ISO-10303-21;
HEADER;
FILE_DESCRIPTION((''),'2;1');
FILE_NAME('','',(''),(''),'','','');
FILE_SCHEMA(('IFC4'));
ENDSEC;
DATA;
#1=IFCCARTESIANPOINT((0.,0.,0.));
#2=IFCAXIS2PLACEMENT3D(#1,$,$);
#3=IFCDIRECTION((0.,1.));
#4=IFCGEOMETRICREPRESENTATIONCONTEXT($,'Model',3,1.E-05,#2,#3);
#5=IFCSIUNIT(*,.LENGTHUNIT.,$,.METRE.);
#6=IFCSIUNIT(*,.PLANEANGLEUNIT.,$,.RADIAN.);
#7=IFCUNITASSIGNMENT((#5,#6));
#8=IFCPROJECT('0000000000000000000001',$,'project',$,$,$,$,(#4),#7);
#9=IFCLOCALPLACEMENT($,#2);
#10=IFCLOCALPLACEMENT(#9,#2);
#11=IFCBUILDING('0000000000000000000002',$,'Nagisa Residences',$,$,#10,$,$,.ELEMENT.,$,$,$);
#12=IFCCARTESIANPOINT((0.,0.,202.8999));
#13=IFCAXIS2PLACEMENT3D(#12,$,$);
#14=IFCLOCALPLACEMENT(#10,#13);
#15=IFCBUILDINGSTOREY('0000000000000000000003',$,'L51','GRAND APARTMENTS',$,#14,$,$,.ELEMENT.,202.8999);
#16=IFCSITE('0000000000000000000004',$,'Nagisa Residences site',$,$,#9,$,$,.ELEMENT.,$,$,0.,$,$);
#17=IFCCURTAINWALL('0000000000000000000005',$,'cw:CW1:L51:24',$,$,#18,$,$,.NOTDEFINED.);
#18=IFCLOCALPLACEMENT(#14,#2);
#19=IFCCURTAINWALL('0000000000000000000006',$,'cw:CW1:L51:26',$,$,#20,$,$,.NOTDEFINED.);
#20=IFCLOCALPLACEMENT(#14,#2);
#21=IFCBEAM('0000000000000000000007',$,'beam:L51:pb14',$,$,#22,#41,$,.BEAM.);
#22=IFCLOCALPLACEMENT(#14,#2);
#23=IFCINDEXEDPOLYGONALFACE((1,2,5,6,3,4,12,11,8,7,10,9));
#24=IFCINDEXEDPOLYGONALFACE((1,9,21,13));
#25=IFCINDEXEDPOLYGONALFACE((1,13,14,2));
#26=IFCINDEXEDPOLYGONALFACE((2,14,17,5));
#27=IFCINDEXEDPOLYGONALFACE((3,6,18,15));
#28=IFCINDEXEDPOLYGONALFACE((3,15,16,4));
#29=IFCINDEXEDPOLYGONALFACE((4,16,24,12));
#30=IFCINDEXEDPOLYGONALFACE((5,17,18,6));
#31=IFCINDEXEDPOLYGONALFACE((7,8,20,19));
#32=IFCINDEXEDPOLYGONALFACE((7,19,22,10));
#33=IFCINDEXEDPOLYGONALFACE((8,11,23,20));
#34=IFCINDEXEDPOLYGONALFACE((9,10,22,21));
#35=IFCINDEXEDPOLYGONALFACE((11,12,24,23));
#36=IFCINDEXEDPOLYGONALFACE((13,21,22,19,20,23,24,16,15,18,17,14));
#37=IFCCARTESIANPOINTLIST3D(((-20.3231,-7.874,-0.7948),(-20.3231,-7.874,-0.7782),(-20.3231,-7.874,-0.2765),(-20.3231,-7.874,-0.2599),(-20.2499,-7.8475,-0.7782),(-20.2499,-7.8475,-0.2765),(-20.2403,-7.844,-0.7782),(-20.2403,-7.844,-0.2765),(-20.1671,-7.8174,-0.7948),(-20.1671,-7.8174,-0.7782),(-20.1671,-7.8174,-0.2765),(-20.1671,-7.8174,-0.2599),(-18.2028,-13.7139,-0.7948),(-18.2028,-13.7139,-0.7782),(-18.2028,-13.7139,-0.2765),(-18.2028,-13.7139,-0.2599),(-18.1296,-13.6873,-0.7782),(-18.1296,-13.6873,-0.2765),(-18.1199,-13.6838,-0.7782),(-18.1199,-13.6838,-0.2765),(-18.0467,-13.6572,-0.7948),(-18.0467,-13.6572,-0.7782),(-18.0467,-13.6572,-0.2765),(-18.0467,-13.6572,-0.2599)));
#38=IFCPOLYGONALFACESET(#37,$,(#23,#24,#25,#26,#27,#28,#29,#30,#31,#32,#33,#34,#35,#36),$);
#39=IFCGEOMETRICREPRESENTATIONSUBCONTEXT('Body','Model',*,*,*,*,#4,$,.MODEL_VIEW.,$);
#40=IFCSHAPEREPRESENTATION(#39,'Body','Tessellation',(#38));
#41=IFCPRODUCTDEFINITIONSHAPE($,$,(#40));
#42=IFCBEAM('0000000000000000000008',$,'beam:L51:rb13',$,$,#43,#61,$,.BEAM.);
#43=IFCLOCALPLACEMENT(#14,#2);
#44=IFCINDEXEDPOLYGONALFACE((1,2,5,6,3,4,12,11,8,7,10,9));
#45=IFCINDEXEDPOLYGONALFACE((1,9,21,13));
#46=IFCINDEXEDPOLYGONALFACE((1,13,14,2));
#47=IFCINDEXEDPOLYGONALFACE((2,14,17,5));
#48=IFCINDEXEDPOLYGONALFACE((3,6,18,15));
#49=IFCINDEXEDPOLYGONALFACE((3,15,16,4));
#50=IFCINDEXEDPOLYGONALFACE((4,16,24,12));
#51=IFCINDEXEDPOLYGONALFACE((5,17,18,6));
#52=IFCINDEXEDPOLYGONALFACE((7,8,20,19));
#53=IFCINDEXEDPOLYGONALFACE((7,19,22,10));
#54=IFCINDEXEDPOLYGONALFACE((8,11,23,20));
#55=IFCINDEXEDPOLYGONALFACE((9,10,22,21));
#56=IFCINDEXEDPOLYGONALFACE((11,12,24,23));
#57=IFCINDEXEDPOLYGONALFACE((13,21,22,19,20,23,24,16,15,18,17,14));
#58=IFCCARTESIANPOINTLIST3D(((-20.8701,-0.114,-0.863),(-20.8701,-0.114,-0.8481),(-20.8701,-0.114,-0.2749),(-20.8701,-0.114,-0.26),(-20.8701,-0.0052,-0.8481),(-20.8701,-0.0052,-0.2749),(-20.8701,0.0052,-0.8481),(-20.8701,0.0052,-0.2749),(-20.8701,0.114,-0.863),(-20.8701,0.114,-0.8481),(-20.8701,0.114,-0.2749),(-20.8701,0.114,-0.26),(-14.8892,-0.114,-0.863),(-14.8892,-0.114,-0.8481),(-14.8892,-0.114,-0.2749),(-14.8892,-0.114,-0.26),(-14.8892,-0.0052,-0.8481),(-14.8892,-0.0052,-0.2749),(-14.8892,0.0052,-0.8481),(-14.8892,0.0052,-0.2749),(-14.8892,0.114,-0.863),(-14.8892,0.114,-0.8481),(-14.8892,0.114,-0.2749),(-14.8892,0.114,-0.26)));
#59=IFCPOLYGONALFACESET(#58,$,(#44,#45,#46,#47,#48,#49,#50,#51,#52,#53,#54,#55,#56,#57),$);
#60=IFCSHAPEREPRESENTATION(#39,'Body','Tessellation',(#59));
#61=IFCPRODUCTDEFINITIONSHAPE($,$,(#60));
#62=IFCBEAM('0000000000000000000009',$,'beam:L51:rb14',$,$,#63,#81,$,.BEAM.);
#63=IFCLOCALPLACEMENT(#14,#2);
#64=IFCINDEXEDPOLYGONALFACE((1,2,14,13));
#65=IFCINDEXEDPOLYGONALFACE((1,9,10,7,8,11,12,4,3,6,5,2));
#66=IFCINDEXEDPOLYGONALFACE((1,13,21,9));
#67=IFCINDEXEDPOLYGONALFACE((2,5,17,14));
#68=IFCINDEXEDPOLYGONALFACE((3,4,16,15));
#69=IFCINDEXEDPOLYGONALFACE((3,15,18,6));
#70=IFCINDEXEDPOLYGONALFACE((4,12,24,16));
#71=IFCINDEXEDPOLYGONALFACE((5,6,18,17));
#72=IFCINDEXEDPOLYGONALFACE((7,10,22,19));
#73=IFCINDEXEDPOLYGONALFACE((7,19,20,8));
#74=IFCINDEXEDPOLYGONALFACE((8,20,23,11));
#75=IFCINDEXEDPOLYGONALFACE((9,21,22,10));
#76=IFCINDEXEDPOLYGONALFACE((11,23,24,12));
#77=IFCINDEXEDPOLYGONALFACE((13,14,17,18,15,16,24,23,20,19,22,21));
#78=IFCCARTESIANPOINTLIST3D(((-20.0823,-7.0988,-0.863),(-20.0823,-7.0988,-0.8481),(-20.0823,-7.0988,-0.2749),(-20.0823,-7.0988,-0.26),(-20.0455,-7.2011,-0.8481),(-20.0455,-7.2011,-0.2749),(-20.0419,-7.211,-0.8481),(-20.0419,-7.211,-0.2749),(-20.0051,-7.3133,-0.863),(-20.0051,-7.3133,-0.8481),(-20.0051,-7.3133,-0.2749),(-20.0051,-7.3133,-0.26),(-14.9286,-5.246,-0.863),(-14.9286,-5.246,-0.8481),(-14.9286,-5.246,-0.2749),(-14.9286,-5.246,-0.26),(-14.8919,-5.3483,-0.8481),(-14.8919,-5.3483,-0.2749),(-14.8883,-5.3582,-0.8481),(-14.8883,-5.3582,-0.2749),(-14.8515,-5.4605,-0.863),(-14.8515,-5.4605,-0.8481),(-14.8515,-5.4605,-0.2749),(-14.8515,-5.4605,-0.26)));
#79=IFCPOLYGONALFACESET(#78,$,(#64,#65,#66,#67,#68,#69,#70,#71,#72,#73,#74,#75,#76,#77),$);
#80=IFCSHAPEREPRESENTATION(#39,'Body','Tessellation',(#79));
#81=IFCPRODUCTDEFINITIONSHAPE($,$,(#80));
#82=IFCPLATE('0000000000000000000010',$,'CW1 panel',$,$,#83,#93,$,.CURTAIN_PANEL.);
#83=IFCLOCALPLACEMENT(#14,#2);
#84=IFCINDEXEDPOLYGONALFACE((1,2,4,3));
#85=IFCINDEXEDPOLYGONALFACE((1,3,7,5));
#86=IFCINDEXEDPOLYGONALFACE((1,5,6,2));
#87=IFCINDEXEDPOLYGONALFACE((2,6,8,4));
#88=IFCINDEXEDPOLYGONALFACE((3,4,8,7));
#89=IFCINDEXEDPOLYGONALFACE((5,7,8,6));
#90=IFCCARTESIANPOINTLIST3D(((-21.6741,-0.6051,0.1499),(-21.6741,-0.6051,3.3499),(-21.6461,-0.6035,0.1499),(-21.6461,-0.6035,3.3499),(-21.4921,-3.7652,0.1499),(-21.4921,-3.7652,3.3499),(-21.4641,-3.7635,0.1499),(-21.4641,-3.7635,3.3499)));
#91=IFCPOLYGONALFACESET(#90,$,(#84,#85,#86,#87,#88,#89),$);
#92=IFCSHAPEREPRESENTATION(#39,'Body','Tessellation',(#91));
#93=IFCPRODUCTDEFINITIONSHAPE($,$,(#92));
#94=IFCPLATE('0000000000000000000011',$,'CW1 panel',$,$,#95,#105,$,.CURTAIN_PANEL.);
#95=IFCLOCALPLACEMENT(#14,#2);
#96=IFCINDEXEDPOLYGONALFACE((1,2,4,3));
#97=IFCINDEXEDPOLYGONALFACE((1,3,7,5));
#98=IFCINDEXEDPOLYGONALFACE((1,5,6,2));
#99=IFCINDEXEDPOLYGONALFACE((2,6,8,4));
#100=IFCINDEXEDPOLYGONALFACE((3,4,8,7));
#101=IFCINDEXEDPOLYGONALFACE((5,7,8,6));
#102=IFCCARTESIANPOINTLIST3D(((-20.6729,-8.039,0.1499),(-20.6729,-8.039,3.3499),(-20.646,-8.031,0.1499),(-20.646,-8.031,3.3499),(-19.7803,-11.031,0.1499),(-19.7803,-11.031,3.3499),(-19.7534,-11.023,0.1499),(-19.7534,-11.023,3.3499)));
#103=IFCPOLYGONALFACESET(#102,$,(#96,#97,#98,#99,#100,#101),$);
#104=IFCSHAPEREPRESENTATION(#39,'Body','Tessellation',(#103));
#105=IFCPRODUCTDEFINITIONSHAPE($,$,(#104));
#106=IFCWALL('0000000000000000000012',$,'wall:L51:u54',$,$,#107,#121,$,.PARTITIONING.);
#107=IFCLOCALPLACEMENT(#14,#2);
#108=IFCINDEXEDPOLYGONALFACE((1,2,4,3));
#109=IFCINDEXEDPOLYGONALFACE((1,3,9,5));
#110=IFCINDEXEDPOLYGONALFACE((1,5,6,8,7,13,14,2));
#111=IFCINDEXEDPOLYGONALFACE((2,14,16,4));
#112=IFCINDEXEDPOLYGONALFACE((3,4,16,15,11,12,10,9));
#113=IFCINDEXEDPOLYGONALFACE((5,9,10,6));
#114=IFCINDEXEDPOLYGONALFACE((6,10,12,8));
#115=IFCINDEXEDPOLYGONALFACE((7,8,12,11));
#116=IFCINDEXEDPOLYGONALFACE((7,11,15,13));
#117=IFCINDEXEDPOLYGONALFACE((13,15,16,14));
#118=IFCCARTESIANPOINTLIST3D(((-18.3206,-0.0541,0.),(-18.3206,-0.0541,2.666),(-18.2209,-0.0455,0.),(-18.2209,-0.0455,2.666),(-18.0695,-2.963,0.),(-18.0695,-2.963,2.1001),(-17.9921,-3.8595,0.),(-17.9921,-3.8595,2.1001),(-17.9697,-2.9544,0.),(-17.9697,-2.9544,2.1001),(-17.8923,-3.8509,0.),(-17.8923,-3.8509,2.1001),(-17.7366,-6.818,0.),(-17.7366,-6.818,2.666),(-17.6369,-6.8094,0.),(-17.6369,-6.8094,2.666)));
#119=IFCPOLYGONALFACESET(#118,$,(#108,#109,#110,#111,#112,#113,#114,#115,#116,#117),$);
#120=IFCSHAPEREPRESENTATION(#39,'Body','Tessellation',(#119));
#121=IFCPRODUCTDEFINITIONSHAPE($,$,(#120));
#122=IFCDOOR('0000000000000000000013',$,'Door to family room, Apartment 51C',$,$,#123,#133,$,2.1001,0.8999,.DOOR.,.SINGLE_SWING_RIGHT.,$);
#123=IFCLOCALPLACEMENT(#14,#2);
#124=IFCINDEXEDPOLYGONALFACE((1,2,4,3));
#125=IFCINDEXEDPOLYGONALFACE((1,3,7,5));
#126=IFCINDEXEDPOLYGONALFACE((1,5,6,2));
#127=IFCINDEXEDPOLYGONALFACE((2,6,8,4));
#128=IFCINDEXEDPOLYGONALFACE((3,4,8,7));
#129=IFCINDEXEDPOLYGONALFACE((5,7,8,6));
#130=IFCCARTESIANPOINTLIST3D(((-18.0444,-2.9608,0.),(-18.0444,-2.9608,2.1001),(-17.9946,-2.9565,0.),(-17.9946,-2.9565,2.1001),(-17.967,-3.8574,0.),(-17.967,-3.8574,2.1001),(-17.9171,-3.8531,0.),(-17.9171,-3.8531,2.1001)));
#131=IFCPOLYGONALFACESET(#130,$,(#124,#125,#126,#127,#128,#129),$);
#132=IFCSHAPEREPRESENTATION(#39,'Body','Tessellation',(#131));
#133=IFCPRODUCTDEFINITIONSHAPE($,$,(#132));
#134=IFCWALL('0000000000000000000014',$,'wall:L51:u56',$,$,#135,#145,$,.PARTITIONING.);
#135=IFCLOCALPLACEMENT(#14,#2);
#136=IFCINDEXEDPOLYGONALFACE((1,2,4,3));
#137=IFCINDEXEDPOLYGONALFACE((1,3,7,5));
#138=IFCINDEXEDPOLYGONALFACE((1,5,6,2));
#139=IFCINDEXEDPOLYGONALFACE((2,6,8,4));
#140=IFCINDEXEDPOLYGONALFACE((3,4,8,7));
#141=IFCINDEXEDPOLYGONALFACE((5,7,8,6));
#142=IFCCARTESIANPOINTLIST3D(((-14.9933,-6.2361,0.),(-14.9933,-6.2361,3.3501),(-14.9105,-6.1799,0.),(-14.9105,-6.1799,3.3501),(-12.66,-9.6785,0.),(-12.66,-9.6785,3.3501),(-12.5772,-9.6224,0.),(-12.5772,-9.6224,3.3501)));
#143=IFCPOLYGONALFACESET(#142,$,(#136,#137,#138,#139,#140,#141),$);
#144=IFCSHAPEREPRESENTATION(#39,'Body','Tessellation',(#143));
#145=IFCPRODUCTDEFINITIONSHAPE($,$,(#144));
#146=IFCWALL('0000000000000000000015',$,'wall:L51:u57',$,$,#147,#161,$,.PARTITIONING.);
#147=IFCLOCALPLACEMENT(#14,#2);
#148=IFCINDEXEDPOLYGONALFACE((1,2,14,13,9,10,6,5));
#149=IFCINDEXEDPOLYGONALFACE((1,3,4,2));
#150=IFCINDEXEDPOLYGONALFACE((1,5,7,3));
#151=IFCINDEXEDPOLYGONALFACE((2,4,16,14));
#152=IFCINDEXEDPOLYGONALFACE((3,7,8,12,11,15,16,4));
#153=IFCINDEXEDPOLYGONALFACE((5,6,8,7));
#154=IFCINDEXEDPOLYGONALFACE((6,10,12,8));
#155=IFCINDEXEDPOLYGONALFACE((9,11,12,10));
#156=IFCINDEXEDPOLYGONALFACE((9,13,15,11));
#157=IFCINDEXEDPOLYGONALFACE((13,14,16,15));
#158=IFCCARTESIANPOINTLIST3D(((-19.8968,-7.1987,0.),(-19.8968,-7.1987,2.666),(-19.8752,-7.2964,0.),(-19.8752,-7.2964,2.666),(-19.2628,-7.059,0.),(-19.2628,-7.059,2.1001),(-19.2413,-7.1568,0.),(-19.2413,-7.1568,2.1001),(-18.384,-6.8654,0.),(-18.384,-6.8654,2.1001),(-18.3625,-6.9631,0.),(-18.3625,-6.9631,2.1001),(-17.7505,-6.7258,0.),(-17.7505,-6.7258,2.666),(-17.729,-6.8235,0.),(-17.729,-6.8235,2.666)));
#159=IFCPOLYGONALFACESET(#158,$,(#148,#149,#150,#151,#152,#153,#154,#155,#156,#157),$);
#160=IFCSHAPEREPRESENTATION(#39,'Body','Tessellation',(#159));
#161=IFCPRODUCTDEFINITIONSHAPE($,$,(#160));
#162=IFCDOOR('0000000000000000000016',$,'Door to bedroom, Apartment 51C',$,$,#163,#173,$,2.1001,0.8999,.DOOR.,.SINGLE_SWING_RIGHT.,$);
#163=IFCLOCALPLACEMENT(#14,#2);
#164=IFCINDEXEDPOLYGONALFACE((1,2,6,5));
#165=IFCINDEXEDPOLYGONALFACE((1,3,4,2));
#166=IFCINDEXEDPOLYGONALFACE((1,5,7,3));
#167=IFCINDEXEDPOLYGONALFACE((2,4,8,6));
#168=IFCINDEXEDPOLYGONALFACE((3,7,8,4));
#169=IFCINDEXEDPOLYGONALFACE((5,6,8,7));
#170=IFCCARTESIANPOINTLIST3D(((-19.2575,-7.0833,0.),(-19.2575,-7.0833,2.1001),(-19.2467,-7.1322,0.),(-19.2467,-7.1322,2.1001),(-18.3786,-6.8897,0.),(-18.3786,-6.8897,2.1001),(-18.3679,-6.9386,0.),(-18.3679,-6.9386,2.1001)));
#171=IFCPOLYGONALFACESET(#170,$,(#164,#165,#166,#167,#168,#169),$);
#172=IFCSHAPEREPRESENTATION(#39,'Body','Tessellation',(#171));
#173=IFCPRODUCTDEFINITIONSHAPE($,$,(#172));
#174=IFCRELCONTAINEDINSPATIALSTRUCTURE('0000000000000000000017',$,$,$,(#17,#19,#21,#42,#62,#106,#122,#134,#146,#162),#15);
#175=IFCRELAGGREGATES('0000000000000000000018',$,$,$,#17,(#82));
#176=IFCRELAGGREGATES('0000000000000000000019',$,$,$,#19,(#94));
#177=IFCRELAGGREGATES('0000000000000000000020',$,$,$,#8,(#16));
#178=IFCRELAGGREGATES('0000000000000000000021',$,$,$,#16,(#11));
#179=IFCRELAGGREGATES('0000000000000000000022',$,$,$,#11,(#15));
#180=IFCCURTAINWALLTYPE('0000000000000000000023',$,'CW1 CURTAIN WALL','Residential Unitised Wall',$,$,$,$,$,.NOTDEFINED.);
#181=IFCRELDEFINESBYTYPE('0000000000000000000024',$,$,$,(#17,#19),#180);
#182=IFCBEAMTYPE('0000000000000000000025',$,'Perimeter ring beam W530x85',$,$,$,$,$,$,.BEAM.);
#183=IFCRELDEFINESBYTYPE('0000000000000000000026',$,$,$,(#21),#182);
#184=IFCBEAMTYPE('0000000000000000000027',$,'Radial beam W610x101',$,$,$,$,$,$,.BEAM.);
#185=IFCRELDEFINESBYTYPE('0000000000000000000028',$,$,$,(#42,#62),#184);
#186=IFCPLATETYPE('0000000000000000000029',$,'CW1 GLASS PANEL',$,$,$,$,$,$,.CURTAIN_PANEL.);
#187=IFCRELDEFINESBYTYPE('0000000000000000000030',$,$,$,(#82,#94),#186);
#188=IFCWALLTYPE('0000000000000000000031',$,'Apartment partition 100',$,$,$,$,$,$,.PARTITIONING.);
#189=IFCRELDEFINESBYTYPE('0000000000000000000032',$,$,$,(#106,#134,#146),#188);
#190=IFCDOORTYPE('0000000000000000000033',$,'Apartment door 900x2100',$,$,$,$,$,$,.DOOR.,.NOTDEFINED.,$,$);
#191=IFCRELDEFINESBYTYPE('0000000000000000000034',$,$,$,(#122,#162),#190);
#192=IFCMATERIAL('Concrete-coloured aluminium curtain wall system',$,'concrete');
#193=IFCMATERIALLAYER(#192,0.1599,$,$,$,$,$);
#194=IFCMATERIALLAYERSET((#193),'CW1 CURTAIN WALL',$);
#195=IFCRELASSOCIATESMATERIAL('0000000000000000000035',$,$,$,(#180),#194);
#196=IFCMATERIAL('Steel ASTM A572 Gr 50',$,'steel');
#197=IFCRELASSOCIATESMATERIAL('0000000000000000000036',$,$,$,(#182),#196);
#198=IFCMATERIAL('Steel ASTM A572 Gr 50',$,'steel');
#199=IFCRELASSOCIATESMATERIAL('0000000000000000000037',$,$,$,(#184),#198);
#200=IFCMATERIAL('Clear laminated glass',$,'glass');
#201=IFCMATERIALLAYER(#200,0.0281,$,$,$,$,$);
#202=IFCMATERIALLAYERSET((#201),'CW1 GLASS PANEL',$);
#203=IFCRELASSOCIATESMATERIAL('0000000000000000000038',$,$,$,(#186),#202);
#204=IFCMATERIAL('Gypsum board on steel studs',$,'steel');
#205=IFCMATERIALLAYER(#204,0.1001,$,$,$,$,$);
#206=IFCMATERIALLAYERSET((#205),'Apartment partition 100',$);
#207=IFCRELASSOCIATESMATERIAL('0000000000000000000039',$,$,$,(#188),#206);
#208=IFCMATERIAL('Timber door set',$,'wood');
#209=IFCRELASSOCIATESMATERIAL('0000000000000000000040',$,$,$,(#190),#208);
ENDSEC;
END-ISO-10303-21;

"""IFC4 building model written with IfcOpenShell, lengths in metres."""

from ifc_helpers import new_model, si_unit, direction, frame, frame_2d, origin, origin_2d, place, context, subcontext, project, spatial, rectangle, i_section, extrude, material, layer, layer_set, material_profile, profile_set, type_object, element, fill, aggregate, save


model = new_model("IFC4")

# Units and contexts
model_context = context("Model", 3, precision=1e-05, world=origin(), true_north=direction((0.0, 1.0)))
body_context = subcontext(model_context, "Body", "Model", "MODEL_VIEW")
ifc_project = project(units=[si_unit("LENGTHUNIT", "METRE"), si_unit("PLANEANGLEUNIT", "RADIAN")], contexts=[model_context])

# Site, building, storey
site_placement = place(None, origin())
site = spatial("IfcSite", under=ifc_project, at=site_placement, Name="Nagisa Residences site", CompositionType="ELEMENT", RefElevation=0.0)
building_placement = place(site_placement, origin())
building = spatial("IfcBuilding", under=site, at=building_placement, Name="Nagisa Residences", CompositionType="ELEMENT")
storey_placement = place(building_placement, frame((0.0, 0.0, 202.8999)))
storey = spatial("IfcBuildingStorey", under=building, at=storey_placement, Name="L51", Description="GRAND APARTMENTS", CompositionType="ELEMENT", Elevation=202.8999)

# Curtain walls
ifc_material_1 = material(Name="Concrete-coloured aluminium curtain wall system", Category="concrete")
ifc_layer_1 = layer(ifc_material_1, 0.1599)
ifc_layer_set_1 = layer_set([ifc_layer_1], Name="CW1 CURTAIN WALL")
curtain_wall_type = type_object("IfcCurtainWallType", Name="CW1 CURTAIN WALL", Description="Residential Unitised Wall", PredefinedType="NOTDEFINED", material=ifc_layer_set_1)
curtain_wall_1_placement = place(storey_placement, origin())
curtain_wall_1 = element("IfcCurtainWall", 1, at=curtain_wall_1_placement, inside=storey, type_object=curtain_wall_type, Name="cw:CW1:L51:24", PredefinedType="NOTDEFINED")
curtain_wall_2_placement = place(storey_placement, origin())
curtain_wall_2 = element("IfcCurtainWall", 2, at=curtain_wall_2_placement, inside=storey, type_object=curtain_wall_type, Name="cw:CW1:L51:26", PredefinedType="NOTDEFINED")

# Beams
ifc_material_2 = material(Name="Steel ASTM A572 Gr 50", Category="steel")
ifc_material_profile_1 = material_profile(ifc_material_2, i_section(OverallWidth=0.166, OverallDepth=0.5349, WebThickness=0.0103, FlangeThickness=0.0166, at=origin_2d()), Name="W530x85")
ifc_profile_set_1 = profile_set([ifc_material_profile_1], Name="Steel ASTM A572 Gr 50")
beam_type_1 = type_object("IfcBeamType", Name="Perimeter ring beam W530x85", PredefinedType="BEAM", material=ifc_profile_set_1)
beam_1_placement = place(storey_placement, frame((-20.2451, -7.8457, -0.5273), z_axis=(0.341286, -0.93996, 0.0), x_axis=(0.93996, 0.341286, 0.0)))
element("IfcBeam", 3, at=beam_1_placement, inside=storey, type_object=beam_type_1, Name="beam:L51:pb14", PredefinedType="BEAM", context=body_context, shape_type="SweptSolid", body=[
    extrude(i_section(OverallWidth=0.166, OverallDepth=0.5349, WebThickness=0.0103, FlangeThickness=0.0166, at=origin_2d()), origin(), (0.0, 0.0, 1.0), 6.2129),
])
ifc_material_3 = material(Name="Steel ASTM A572 Gr 50", Category="steel")
ifc_material_profile_2 = material_profile(ifc_material_3, i_section(OverallWidth=0.228, OverallDepth=0.603, WebThickness=0.0105, FlangeThickness=0.0149, at=origin_2d()), Name="W610x101")
ifc_profile_set_2 = profile_set([ifc_material_profile_2], Name="Steel ASTM A572 Gr 50")
beam_type_2 = type_object("IfcBeamType", Name="Radial beam W610x101", PredefinedType="BEAM", material=ifc_profile_set_2)
beam_2_placement = place(storey_placement, frame((-20.8701, 0.0, -0.5615), z_axis=(1.0, 0.0, 0.0), x_axis=(0.0, 1.0, 0.0)))
element("IfcBeam", 4, at=beam_2_placement, inside=storey, type_object=beam_type_2, Name="beam:L51:rb13", PredefinedType="BEAM", context=body_context, shape_type="SweptSolid", body=[
    extrude(i_section(OverallWidth=0.228, OverallDepth=0.603, WebThickness=0.0105, FlangeThickness=0.0149, at=origin_2d()), origin(), (0.0, 0.0, 1.0), 5.981),
])
beam_3_placement = place(storey_placement, frame((-20.0437, -7.2061, -0.5615), z_axis=(0.941033, 0.338315, 0.0), x_axis=(-0.338315, 0.941033, 0.0)))
element("IfcBeam", 5, at=beam_3_placement, inside=storey, type_object=beam_type_2, Name="beam:L51:rb14", PredefinedType="BEAM", context=body_context, shape_type="SweptSolid", body=[
    extrude(i_section(OverallWidth=0.228, OverallDepth=0.603, WebThickness=0.0105, FlangeThickness=0.0149, at=origin_2d()), origin(), (0.0, 0.0, 1.0), 5.4766),
])

# Plates
ifc_material_4 = material(Name="Clear laminated glass", Category="glass")
ifc_layer_2 = layer(ifc_material_4, 0.0281)
ifc_layer_set_2 = layer_set([ifc_layer_2], Name="CW1 GLASS PANEL")
plate_type = type_object("IfcPlateType", Name="CW1 GLASS PANEL", PredefinedType="CURTAIN_PANEL", material=ifc_layer_set_2)
plate_1_placement = place(storey_placement, frame((-21.5691, -2.1843, 0.1499), z_axis=(0.0, 0.0, 1.0), x_axis=(0.057503, -0.998345, 0.0)))
plate_1 = element("IfcPlate", 6, at=plate_1_placement, type_object=plate_type, Name="CW1 panel", PredefinedType="CURTAIN_PANEL", context=body_context, shape_type="SweptSolid", body=[
    extrude(rectangle(XDim=3.1653, YDim=0.0281, at=origin_2d()), origin(), (0.0, 0.0, 1.0), 3.2),
])
aggregate(curtain_wall_1, [plate_1])
plate_2_placement = place(storey_placement, frame((-20.2131, -9.531, 0.1499), z_axis=(0.0, 0.0, 1.0), x_axis=(0.28586, -0.958271, 0.0)))
plate_2 = element("IfcPlate", 7, at=plate_2_placement, type_object=plate_type, Name="CW1 panel", PredefinedType="CURTAIN_PANEL", context=body_context, shape_type="SweptSolid", body=[
    extrude(rectangle(XDim=3.1223, YDim=0.0281, at=origin_2d()), origin(), (0.0, 0.0, 1.0), 3.2),
])
aggregate(curtain_wall_2, [plate_2])

# Wall, opening, door
ifc_material_5 = material(Name="Gypsum board on steel studs", Category="steel")
ifc_layer_3 = layer(ifc_material_5, 0.1001)
ifc_layer_set_3 = layer_set([ifc_layer_3], Name="Apartment partition 100")
wall_type_1 = type_object("IfcWallType", Name="Apartment partition 100", PredefinedType="PARTITIONING", material=ifc_layer_set_3)
wall_1_placement = place(storey_placement, frame((-18.2708, -0.0498, 0.0), z_axis=(0.0, 0.0, 1.0), x_axis=(0.086018, -0.996294, 0.0)))
wall_1 = element("IfcWall", 8, at=wall_1_placement, inside=storey, type_object=wall_type_1, Name="wall:L51:u54", PredefinedType="PARTITIONING", context=body_context, shape_type="SweptSolid", body=[
    extrude(rectangle(XDim=6.7891, YDim=0.1001, at=frame_2d((3.3945, 0.0))), origin(), (0.0, 0.0, 1.0), 2.666),
])
opening_1_placement = place(wall_1_placement, frame((2.9197, 0.0, 0.0)))
opening_1 = element("IfcOpeningElement", 9, at=opening_1_placement, cuts=wall_1, PredefinedType="OPENING", context=body_context, shape_type="SweptSolid", body=[
    extrude(rectangle(XDim=0.8999, YDim=2.1001, at=frame_2d((0.45, 1.05))), frame((0.0, 0.0601, 0.0), z_axis=(0.0, -1.0, 0.0), x_axis=(1.0, 0.0, 0.0)), (0.0, 0.0, 1.0), 0.1201),
])
ifc_material_6 = material(Name="Timber door set", Category="wood")
door_type_1 = type_object("IfcDoorType", Name="Apartment door 900x2100", OperationType="NOTDEFINED", PredefinedType="DOOR", material=ifc_material_6)
door_1_placement = place(opening_1_placement, frame((0.8999, 0.0, 0.0), x_axis=(-1.0, 0.0, 0.0)))
door_1 = element("IfcDoor", 10, at=door_1_placement, inside=storey, type_object=door_type_1, Name="Door to family room, Apartment 51C", OperationType="SINGLE_SWING_RIGHT", OverallHeight=2.1001, OverallWidth=0.8999, PredefinedType="DOOR", context=body_context, shape_type="SweptSolid", body=[
    extrude(rectangle(XDim=0.8999, YDim=2.1001, at=frame_2d((0.45, 1.05))), frame((0.0, 0.0249, 0.0), z_axis=(0.0, -1.0, 0.0), x_axis=(1.0, 0.0, 0.0)), (0.0, 0.0, 1.0), 0.05),
])
fill(opening_1, door_1)

# Wall
wall_2_placement = place(storey_placement, frame((-14.9519, -6.208, 0.0), z_axis=(0.0, 0.0, 1.0), x_axis=(0.561065, -0.827772, 0.0)))
element("IfcWall", 11, at=wall_2_placement, inside=storey, type_object=wall_type_1, Name="wall:L51:u56", PredefinedType="PARTITIONING", context=body_context, shape_type="SweptSolid", body=[
    extrude(rectangle(XDim=4.1587, YDim=0.1001, at=frame_2d((2.0793, 0.0))), origin(), (0.0, 0.0, 1.0), 3.3501),
])

# Wall, opening, door
wall_3_placement = place(storey_placement, frame((-17.7397, -6.7747, 0.0), z_axis=(0.0, 0.0, 1.0), x_axis=(-0.976575, -0.215178, 0.0)))
wall_3 = element("IfcWall", 12, at=wall_3_placement, inside=storey, type_object=wall_type_1, Name="wall:L51:u57", PredefinedType="PARTITIONING", context=body_context, shape_type="SweptSolid", body=[
    extrude(rectangle(XDim=2.1978, YDim=0.1001, at=frame_2d((1.0989, 0.0))), origin(), (0.0, 0.0, 1.0), 2.666),
])
opening_2_placement = place(wall_3_placement, frame((0.6487, 0.0, 0.0)))
opening_2 = element("IfcOpeningElement", 13, at=opening_2_placement, cuts=wall_3, PredefinedType="OPENING", context=body_context, shape_type="SweptSolid", body=[
    extrude(rectangle(XDim=0.8999, YDim=2.1001, at=frame_2d((0.45, 1.05))), frame((0.0, 0.0601, 0.0), z_axis=(0.0, -1.0, 0.0), x_axis=(1.0, 0.0, 0.0)), (0.0, 0.0, 1.0), 0.1201),
])
door_2_placement = place(opening_2_placement, origin())
door_2 = element("IfcDoor", 14, at=door_2_placement, inside=storey, type_object=door_type_1, Name="Door to bedroom, Apartment 51C", OperationType="SINGLE_SWING_RIGHT", OverallHeight=2.1001, OverallWidth=0.8999, PredefinedType="DOOR", context=body_context, shape_type="SweptSolid", body=[
    extrude(rectangle(XDim=0.8999, YDim=2.1001, at=frame_2d((0.45, 1.05))), frame((0.0, 0.0249, 0.0), z_axis=(0.0, -1.0, 0.0), x_axis=(1.0, 0.0, 0.0)), (0.0, 0.0, 1.0), 0.05),
])
fill(opening_2, door_2)

save(model, "model.ifc")
